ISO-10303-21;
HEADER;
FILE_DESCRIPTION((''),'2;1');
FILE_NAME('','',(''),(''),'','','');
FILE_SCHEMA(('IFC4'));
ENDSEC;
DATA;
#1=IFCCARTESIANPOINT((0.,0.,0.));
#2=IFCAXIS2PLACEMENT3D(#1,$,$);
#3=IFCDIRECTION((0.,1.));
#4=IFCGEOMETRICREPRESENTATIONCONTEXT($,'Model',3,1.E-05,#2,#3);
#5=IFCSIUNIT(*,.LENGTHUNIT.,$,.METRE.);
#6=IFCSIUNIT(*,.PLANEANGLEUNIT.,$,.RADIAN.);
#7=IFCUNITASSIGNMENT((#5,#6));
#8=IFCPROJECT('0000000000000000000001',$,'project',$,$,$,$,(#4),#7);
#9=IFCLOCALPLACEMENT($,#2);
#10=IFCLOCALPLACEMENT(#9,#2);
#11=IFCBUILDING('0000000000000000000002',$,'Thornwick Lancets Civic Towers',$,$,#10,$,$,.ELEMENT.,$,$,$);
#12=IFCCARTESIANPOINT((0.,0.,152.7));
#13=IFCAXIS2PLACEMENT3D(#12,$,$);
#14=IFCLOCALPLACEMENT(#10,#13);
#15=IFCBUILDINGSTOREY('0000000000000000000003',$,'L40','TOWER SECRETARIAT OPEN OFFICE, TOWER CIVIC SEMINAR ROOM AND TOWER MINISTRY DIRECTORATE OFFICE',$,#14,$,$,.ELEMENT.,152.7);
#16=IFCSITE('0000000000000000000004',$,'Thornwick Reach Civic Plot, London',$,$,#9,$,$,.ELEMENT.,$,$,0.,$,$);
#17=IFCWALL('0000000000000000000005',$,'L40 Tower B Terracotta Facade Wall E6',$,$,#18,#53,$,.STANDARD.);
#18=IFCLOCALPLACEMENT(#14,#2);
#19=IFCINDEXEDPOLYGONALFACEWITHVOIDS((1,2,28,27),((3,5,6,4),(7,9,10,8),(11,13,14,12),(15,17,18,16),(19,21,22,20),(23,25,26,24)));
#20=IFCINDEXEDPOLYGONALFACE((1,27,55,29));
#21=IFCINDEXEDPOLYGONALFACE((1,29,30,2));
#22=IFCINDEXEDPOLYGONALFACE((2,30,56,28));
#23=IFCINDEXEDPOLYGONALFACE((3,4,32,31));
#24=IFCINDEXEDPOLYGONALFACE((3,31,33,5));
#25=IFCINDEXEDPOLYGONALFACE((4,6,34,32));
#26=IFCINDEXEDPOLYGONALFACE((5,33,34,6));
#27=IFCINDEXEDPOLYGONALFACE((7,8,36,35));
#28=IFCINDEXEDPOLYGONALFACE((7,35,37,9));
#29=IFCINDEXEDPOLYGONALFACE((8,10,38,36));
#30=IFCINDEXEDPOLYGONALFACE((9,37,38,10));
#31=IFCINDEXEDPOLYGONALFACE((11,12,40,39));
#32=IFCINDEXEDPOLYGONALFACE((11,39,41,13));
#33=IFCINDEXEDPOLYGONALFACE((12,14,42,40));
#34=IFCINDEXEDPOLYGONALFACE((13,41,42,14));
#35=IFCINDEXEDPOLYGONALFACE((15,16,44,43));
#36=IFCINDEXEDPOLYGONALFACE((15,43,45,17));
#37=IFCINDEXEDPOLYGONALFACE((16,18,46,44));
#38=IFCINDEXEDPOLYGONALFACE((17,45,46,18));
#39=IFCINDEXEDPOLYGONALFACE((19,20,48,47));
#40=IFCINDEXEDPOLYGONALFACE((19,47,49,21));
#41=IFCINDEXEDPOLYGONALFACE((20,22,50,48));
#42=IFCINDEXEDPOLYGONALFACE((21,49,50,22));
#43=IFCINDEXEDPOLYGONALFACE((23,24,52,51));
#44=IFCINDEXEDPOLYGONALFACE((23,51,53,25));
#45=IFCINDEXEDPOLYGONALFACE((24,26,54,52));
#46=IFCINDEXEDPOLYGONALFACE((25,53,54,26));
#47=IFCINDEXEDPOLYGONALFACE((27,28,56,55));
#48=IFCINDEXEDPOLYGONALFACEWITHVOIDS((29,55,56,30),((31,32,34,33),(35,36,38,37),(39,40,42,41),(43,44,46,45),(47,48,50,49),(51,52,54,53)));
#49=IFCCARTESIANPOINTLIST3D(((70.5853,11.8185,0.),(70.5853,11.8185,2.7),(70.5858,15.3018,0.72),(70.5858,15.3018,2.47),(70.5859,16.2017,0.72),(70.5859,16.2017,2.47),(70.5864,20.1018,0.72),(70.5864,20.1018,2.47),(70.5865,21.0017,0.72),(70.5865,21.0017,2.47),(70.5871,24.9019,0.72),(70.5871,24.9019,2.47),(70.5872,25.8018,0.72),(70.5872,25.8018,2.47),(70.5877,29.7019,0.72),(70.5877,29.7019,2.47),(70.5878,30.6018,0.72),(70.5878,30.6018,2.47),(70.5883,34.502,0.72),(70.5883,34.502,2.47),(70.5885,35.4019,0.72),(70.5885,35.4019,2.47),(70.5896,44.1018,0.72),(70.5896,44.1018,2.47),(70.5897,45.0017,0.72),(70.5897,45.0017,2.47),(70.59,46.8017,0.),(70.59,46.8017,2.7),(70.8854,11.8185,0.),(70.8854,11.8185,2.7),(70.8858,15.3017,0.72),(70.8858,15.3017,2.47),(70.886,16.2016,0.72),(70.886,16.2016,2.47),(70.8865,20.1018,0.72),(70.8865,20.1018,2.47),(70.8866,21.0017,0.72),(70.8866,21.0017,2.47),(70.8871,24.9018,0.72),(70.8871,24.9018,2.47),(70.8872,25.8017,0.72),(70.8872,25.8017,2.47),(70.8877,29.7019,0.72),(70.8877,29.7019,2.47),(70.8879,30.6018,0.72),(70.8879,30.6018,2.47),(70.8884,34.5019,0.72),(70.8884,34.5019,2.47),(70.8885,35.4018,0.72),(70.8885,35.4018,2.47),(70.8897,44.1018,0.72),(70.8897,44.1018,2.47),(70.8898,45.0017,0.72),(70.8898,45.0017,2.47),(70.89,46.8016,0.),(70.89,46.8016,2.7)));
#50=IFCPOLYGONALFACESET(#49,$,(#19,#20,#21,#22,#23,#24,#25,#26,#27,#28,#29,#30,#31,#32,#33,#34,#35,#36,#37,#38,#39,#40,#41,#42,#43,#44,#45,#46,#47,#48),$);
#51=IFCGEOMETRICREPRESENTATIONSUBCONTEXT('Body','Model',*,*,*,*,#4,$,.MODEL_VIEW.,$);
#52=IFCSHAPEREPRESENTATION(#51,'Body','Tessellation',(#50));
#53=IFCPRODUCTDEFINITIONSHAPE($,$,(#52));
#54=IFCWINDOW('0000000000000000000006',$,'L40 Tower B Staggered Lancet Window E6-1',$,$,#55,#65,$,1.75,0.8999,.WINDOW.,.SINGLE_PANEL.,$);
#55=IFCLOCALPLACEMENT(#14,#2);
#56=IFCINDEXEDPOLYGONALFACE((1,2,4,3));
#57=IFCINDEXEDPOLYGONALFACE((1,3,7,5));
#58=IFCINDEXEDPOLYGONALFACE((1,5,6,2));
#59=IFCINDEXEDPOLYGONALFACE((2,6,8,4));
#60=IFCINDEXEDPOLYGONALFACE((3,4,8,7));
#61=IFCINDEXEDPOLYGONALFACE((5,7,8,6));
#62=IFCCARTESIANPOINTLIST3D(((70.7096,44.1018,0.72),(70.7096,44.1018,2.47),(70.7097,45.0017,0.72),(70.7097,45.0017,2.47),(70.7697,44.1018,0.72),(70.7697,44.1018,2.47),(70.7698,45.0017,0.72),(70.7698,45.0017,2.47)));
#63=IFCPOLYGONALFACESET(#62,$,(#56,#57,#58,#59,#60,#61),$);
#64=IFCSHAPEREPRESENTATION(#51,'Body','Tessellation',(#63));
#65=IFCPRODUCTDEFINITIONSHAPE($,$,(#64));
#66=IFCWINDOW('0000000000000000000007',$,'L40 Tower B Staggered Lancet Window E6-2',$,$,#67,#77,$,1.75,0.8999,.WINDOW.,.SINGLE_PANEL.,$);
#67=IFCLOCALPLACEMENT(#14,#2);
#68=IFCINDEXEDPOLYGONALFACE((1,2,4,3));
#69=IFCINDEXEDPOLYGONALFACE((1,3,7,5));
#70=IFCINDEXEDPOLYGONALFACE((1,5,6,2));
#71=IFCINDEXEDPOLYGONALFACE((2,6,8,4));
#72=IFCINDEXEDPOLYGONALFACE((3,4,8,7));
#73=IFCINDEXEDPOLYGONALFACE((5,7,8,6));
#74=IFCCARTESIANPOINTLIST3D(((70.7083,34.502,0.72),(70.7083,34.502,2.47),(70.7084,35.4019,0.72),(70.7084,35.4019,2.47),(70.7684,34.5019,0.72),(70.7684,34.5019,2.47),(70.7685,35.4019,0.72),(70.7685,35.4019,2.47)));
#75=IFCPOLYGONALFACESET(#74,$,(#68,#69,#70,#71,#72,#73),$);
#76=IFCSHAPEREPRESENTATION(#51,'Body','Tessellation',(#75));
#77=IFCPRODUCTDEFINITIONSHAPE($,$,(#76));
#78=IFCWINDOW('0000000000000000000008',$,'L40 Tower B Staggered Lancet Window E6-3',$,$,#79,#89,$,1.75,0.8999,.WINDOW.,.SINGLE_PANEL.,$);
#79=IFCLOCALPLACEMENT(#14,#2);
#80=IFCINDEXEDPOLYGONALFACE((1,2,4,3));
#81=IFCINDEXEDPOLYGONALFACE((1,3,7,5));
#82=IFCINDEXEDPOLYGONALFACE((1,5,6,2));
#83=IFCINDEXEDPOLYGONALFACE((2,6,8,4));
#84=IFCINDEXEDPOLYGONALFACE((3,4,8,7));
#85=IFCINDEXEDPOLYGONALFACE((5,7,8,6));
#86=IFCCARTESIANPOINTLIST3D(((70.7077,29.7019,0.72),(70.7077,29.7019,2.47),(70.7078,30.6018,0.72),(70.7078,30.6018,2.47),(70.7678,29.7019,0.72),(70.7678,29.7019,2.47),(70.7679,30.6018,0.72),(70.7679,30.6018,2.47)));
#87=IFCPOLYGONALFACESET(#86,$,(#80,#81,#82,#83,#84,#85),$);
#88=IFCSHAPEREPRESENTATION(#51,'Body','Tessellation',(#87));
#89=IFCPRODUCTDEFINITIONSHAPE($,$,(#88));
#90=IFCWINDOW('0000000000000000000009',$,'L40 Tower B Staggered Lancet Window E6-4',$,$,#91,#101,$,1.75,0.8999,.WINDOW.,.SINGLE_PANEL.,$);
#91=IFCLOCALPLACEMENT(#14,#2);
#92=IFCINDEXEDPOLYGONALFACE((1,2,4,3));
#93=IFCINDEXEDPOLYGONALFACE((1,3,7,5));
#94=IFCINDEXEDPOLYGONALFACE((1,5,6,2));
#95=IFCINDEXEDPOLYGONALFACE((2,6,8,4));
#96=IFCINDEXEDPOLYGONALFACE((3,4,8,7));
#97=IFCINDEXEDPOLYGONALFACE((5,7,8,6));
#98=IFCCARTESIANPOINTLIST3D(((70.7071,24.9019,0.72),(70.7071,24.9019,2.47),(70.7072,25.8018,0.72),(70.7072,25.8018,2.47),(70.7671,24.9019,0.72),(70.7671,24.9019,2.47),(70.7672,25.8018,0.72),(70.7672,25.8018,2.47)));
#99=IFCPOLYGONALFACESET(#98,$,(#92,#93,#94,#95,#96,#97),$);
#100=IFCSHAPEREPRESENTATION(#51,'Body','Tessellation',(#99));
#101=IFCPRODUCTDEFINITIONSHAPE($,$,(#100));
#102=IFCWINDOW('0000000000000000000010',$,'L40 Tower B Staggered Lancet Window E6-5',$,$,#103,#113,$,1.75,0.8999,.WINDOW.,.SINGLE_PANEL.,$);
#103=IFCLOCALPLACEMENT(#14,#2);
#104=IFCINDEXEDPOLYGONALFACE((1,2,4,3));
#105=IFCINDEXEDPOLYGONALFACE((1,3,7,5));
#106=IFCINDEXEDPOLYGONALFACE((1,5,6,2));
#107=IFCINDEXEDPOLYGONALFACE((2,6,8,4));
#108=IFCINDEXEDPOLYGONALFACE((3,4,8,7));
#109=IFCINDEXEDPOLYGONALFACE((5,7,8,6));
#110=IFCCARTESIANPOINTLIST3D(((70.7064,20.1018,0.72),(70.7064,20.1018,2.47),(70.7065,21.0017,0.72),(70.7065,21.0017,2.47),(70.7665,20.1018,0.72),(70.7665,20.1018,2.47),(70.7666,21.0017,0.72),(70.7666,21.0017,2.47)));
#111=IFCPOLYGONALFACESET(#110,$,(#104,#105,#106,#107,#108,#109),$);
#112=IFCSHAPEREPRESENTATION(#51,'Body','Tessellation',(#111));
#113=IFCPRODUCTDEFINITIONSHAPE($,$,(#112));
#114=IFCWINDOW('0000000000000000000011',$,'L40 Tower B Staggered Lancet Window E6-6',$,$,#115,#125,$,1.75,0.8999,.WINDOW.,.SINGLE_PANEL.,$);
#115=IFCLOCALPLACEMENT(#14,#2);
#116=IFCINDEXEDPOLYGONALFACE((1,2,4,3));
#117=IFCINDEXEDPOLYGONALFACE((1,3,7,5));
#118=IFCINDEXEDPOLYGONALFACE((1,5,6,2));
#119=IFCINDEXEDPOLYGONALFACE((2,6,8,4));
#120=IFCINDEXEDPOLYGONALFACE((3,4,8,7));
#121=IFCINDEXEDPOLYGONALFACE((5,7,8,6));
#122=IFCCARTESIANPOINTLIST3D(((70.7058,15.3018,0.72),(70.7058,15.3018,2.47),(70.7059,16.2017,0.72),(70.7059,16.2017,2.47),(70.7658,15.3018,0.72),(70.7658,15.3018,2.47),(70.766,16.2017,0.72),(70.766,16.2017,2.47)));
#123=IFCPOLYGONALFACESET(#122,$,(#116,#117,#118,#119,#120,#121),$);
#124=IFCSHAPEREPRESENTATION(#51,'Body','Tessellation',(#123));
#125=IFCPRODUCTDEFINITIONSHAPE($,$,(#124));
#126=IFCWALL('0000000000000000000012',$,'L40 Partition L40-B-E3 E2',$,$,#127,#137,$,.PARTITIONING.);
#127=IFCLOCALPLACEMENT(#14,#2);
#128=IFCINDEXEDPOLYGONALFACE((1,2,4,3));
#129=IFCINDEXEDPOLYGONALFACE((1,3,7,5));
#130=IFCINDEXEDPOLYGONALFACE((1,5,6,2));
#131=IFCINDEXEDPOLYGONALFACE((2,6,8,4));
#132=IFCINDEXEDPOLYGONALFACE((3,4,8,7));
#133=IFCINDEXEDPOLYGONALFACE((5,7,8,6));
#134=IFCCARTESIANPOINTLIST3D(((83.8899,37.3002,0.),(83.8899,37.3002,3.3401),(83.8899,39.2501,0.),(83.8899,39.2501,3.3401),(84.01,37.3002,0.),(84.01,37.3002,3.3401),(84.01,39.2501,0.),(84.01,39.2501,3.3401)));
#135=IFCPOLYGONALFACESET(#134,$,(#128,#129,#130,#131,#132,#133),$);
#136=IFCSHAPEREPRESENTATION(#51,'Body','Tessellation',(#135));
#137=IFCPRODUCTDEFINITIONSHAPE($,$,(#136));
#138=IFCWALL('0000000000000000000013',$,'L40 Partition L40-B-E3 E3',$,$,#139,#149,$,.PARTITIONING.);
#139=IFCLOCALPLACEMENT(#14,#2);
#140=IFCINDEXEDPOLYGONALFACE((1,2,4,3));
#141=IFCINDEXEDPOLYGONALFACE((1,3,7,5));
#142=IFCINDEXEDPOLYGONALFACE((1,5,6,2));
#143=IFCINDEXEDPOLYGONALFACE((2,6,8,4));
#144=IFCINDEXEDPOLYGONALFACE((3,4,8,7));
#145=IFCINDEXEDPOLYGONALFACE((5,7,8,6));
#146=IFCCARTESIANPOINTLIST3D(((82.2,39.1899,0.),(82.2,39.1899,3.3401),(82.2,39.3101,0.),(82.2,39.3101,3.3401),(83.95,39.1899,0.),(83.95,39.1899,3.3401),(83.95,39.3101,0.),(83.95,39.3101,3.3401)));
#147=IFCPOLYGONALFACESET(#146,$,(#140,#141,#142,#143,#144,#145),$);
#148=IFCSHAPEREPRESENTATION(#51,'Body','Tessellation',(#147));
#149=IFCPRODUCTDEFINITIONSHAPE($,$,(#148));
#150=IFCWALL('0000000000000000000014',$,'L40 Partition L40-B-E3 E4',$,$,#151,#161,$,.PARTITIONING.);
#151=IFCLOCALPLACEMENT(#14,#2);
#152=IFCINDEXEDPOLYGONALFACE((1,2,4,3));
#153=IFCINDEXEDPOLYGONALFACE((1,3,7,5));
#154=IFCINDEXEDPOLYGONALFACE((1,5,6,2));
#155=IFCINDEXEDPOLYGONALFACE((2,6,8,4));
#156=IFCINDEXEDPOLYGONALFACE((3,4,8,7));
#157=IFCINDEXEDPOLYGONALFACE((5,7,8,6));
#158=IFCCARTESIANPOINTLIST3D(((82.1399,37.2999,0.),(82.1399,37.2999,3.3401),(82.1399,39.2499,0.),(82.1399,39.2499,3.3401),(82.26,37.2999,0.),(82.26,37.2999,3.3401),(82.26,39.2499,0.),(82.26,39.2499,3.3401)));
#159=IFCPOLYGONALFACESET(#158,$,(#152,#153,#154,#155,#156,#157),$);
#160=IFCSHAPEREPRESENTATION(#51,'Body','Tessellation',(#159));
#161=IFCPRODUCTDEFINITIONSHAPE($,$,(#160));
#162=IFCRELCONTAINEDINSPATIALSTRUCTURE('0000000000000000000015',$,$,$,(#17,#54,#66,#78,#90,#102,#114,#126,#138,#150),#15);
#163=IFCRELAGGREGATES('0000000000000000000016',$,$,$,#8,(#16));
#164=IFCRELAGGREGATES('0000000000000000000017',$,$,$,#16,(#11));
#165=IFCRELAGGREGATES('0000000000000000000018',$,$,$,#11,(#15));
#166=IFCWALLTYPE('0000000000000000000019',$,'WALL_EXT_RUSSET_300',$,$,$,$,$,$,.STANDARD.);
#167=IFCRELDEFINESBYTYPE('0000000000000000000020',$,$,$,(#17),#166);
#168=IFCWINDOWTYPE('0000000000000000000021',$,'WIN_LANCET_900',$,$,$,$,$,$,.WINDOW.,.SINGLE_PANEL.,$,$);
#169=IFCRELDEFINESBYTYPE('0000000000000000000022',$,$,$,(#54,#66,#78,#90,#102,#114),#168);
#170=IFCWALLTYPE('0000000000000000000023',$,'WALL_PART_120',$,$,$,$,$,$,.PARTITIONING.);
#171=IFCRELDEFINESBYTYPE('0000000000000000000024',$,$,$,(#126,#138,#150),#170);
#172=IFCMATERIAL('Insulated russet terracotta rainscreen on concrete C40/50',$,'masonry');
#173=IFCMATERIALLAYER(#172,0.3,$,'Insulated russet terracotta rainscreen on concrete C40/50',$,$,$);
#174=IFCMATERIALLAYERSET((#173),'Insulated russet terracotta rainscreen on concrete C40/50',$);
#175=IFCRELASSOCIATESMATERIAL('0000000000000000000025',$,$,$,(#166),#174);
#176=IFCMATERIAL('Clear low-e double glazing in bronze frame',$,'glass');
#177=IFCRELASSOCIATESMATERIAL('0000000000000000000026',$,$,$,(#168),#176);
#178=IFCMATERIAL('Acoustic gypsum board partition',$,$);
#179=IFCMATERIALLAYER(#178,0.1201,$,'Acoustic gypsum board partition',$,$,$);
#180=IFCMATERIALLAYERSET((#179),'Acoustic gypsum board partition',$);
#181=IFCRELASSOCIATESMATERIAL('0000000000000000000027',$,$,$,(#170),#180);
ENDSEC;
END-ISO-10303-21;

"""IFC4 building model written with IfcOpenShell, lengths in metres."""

from ifc_helpers import new_model, si_unit, direction, frame, frame_2d, origin, place, context, subcontext, project, spatial, rectangle, extrude, material, layer, layer_set, type_object, element, fill, save


model = new_model("IFC4")

# Units and contexts
model_context = context("Model", 3, precision=1e-05, world=origin(), true_north=direction((0.0, 1.0)))
body_context = subcontext(model_context, "Body", "Model", "MODEL_VIEW")
ifc_project = project(units=[si_unit("LENGTHUNIT", "METRE"), si_unit("PLANEANGLEUNIT", "RADIAN")], contexts=[model_context])

# Site, building, storey
site_placement = place(None, origin())
site = spatial("IfcSite", under=ifc_project, at=site_placement, Name="Thornwick Reach Civic Plot, London", CompositionType="ELEMENT", RefElevation=0.0)
building_placement = place(site_placement, origin())
building = spatial("IfcBuilding", under=site, at=building_placement, Name="Thornwick Lancets Civic Towers", CompositionType="ELEMENT")
storey_placement = place(building_placement, frame((0.0, 0.0, 152.7)))
storey = spatial("IfcBuildingStorey", under=building, at=storey_placement, Name="L40", Description="TOWER SECRETARIAT OPEN OFFICE, TOWER CIVIC SEMINAR ROOM AND TOWER MINISTRY DIRECTORATE OFFICE", CompositionType="ELEMENT", Elevation=152.7)

# Wall, openings, windows
ifc_material_1 = material(Name="Insulated russet terracotta rainscreen on concrete C40/50", Category="masonry")
ifc_layer_1 = layer(ifc_material_1, 0.3, Name="Insulated russet terracotta rainscreen on concrete C40/50")
ifc_layer_set_1 = layer_set([ifc_layer_1], Name="Insulated russet terracotta rainscreen on concrete C40/50")
wall_type_1 = type_object("IfcWallType", Name="WALL_EXT_RUSSET_300", PredefinedType="STANDARD", material=ifc_layer_set_1)
wall_1_placement = place(storey_placement, frame((70.74, 46.8018, 0.0), z_axis=(0.0, 0.0, 1.0), x_axis=(-0.000133, -1.0, 0.0)))
wall_1 = element("IfcWall", 1, at=wall_1_placement, inside=storey, type_object=wall_type_1, Name="L40 Tower B Terracotta Facade Wall E6", PredefinedType="STANDARD", context=body_context, shape_type="SweptSolid", body=[
    extrude(rectangle(XDim=34.9832, YDim=0.3, at=frame_2d((17.4917, 0.0))), origin(), (0.0, 0.0, 1.0), 2.7),
])
opening_1_placement = place(wall_1_placement, frame((1.8, 0.0, 0.72)))
opening_1 = element("IfcOpeningElement", 2, at=opening_1_placement, cuts=wall_1, PredefinedType="OPENING", context=body_context, shape_type="SweptSolid", body=[
    extrude(rectangle(XDim=0.8999, YDim=1.75, at=frame_2d((0.45, 0.875))), frame((0.0, 0.1602, 0.0), z_axis=(0.0, -1.0, 0.0), x_axis=(1.0, 0.0, 0.0)), (0.0, 0.0, 1.0), 0.3201),
])
opening_2_placement = place(wall_1_placement, frame((11.3999, 0.0, 0.72)))
opening_2 = element("IfcOpeningElement", 3, at=opening_2_placement, cuts=wall_1, PredefinedType="OPENING", context=body_context, shape_type="SweptSolid", body=[
    extrude(rectangle(XDim=0.8999, YDim=1.75, at=frame_2d((0.45, 0.875))), frame((0.0, 0.1602, 0.0), z_axis=(0.0, -1.0, 0.0), x_axis=(1.0, 0.0, 0.0)), (0.0, 0.0, 1.0), 0.3201),
])
opening_3_placement = place(wall_1_placement, frame((16.2, 0.0, 0.72)))
opening_3 = element("IfcOpeningElement", 4, at=opening_3_placement, cuts=wall_1, PredefinedType="OPENING", context=body_context, shape_type="SweptSolid", body=[
    extrude(rectangle(XDim=0.8999, YDim=1.75, at=frame_2d((0.45, 0.875))), frame((0.0, 0.1602, 0.0), z_axis=(0.0, -1.0, 0.0), x_axis=(1.0, 0.0, 0.0)), (0.0, 0.0, 1.0), 0.3201),
])
opening_4_placement = place(wall_1_placement, frame((21.0, 0.0, 0.72)))
opening_4 = element("IfcOpeningElement", 5, at=opening_4_placement, cuts=wall_1, PredefinedType="OPENING", context=body_context, shape_type="SweptSolid", body=[
    extrude(rectangle(XDim=0.8999, YDim=1.75, at=frame_2d((0.45, 0.875))), frame((0.0, 0.1602, 0.0), z_axis=(0.0, -1.0, 0.0), x_axis=(1.0, 0.0, 0.0)), (0.0, 0.0, 1.0), 0.3201),
])
opening_5_placement = place(wall_1_placement, frame((25.8, 0.0, 0.72)))
opening_5 = element("IfcOpeningElement", 6, at=opening_5_placement, cuts=wall_1, PredefinedType="OPENING", context=body_context, shape_type="SweptSolid", body=[
    extrude(rectangle(XDim=0.8999, YDim=1.75, at=frame_2d((0.45, 0.875))), frame((0.0, 0.1602, 0.0), z_axis=(0.0, -1.0, 0.0), x_axis=(1.0, 0.0, 0.0)), (0.0, 0.0, 1.0), 0.3201),
])
opening_6_placement = place(wall_1_placement, frame((30.6001, 0.0, 0.72)))
opening_6 = element("IfcOpeningElement", 7, at=opening_6_placement, cuts=wall_1, PredefinedType="OPENING", context=body_context, shape_type="SweptSolid", body=[
    extrude(rectangle(XDim=0.8999, YDim=1.75, at=frame_2d((0.45, 0.875))), frame((0.0, 0.1602, 0.0), z_axis=(0.0, -1.0, 0.0), x_axis=(1.0, 0.0, 0.0)), (0.0, 0.0, 1.0), 0.3201),
])
ifc_material_2 = material(Name="Clear low-e double glazing in bronze frame", Category="glass")
window_type = type_object("IfcWindowType", Name="WIN_LANCET_900", PartitioningType="SINGLE_PANEL", PredefinedType="WINDOW", material=ifc_material_2)
window_1_placement = place(opening_1_placement, origin())
window_1 = element("IfcWindow", 8, at=window_1_placement, inside=storey, type_object=window_type, Name="L40 Tower B Staggered Lancet Window E6-1", OverallHeight=1.75, OverallWidth=0.8999, PartitioningType="SINGLE_PANEL", PredefinedType="WINDOW", context=body_context, shape_type="SweptSolid", body=[
    extrude(rectangle(XDim=0.8999, YDim=1.75, at=frame_2d((0.45, 0.875))), frame((0.0, 0.03, 0.0), z_axis=(0.0, -1.0, 0.0), x_axis=(1.0, 0.0, 0.0)), (0.0, 0.0, 1.0), 0.0601),
])
fill(opening_1, window_1)
window_2_placement = place(opening_2_placement, origin())
window_2 = element("IfcWindow", 9, at=window_2_placement, inside=storey, type_object=window_type, Name="L40 Tower B Staggered Lancet Window E6-2", OverallHeight=1.75, OverallWidth=0.8999, PartitioningType="SINGLE_PANEL", PredefinedType="WINDOW", context=body_context, shape_type="SweptSolid", body=[
    extrude(rectangle(XDim=0.8999, YDim=1.75, at=frame_2d((0.45, 0.875))), frame((0.0, 0.03, 0.0), z_axis=(0.0, -1.0, 0.0), x_axis=(1.0, 0.0, 0.0)), (0.0, 0.0, 1.0), 0.0601),
])
fill(opening_2, window_2)
window_3_placement = place(opening_3_placement, origin())
window_3 = element("IfcWindow", 10, at=window_3_placement, inside=storey, type_object=window_type, Name="L40 Tower B Staggered Lancet Window E6-3", OverallHeight=1.75, OverallWidth=0.8999, PartitioningType="SINGLE_PANEL", PredefinedType="WINDOW", context=body_context, shape_type="SweptSolid", body=[
    extrude(rectangle(XDim=0.8999, YDim=1.75, at=frame_2d((0.45, 0.875))), frame((0.0, 0.03, 0.0), z_axis=(0.0, -1.0, 0.0), x_axis=(1.0, 0.0, 0.0)), (0.0, 0.0, 1.0), 0.0601),
])
fill(opening_3, window_3)
window_4_placement = place(opening_4_placement, origin())
window_4 = element("IfcWindow", 11, at=window_4_placement, inside=storey, type_object=window_type, Name="L40 Tower B Staggered Lancet Window E6-4", OverallHeight=1.75, OverallWidth=0.8999, PartitioningType="SINGLE_PANEL", PredefinedType="WINDOW", context=body_context, shape_type="SweptSolid", body=[
    extrude(rectangle(XDim=0.8999, YDim=1.75, at=frame_2d((0.45, 0.875))), frame((0.0, 0.03, 0.0), z_axis=(0.0, -1.0, 0.0), x_axis=(1.0, 0.0, 0.0)), (0.0, 0.0, 1.0), 0.0601),
])
fill(opening_4, window_4)
window_5_placement = place(opening_5_placement, origin())
window_5 = element("IfcWindow", 12, at=window_5_placement, inside=storey, type_object=window_type, Name="L40 Tower B Staggered Lancet Window E6-5", OverallHeight=1.75, OverallWidth=0.8999, PartitioningType="SINGLE_PANEL", PredefinedType="WINDOW", context=body_context, shape_type="SweptSolid", body=[
    extrude(rectangle(XDim=0.8999, YDim=1.75, at=frame_2d((0.45, 0.875))), frame((0.0, 0.03, 0.0), z_axis=(0.0, -1.0, 0.0), x_axis=(1.0, 0.0, 0.0)), (0.0, 0.0, 1.0), 0.0601),
])
fill(opening_5, window_5)
window_6_placement = place(opening_6_placement, origin())
window_6 = element("IfcWindow", 13, at=window_6_placement, inside=storey, type_object=window_type, Name="L40 Tower B Staggered Lancet Window E6-6", OverallHeight=1.75, OverallWidth=0.8999, PartitioningType="SINGLE_PANEL", PredefinedType="WINDOW", context=body_context, shape_type="SweptSolid", body=[
    extrude(rectangle(XDim=0.8999, YDim=1.75, at=frame_2d((0.45, 0.875))), frame((0.0, 0.03, 0.0), z_axis=(0.0, -1.0, 0.0), x_axis=(1.0, 0.0, 0.0)), (0.0, 0.0, 1.0), 0.0601),
])
fill(opening_6, window_6)

# Walls
ifc_material_3 = material(Name="Acoustic gypsum board partition")
ifc_layer_2 = layer(ifc_material_3, 0.1201, Name="Acoustic gypsum board partition")
ifc_layer_set_2 = layer_set([ifc_layer_2], Name="Acoustic gypsum board partition")
wall_type_2 = type_object("IfcWallType", Name="WALL_PART_120", PredefinedType="PARTITIONING", material=ifc_layer_set_2)
wall_2_placement = place(storey_placement, frame((83.95, 37.3, 0.0), z_axis=(0.0, 0.0, 1.0), x_axis=(0.0, 1.0, 0.0)))
element("IfcWall", 14, at=wall_2_placement, inside=storey, type_object=wall_type_2, Name="L40 Partition L40-B-E3 E2", PredefinedType="PARTITIONING", context=body_context, shape_type="SweptSolid", body=[
    extrude(rectangle(XDim=1.95, YDim=0.1201, at=frame_2d((0.9751, 0.0))), origin(), (0.0, 0.0, 1.0), 3.3401),
])
wall_3_placement = place(storey_placement, frame((83.95, 39.25, 0.0), z_axis=(0.0, 0.0, 1.0), x_axis=(-1.0, 0.0, 0.0)))
element("IfcWall", 15, at=wall_3_placement, inside=storey, type_object=wall_type_2, Name="L40 Partition L40-B-E3 E3", PredefinedType="PARTITIONING", context=body_context, shape_type="SweptSolid", body=[
    extrude(rectangle(XDim=1.75, YDim=0.1201, at=frame_2d((0.875, 0.0))), origin(), (0.0, 0.0, 1.0), 3.3401),
])
wall_4_placement = place(storey_placement, frame((82.2, 39.25, 0.0), z_axis=(0.0, 0.0, 1.0), x_axis=(0.0, -1.0, 0.0)))
element("IfcWall", 16, at=wall_4_placement, inside=storey, type_object=wall_type_2, Name="L40 Partition L40-B-E3 E4", PredefinedType="PARTITIONING", context=body_context, shape_type="SweptSolid", body=[
    extrude(rectangle(XDim=1.95, YDim=0.1201, at=frame_2d((0.9751, 0.0))), origin(), (0.0, 0.0, 1.0), 3.3401),
])

save(model, "model.ifc")
